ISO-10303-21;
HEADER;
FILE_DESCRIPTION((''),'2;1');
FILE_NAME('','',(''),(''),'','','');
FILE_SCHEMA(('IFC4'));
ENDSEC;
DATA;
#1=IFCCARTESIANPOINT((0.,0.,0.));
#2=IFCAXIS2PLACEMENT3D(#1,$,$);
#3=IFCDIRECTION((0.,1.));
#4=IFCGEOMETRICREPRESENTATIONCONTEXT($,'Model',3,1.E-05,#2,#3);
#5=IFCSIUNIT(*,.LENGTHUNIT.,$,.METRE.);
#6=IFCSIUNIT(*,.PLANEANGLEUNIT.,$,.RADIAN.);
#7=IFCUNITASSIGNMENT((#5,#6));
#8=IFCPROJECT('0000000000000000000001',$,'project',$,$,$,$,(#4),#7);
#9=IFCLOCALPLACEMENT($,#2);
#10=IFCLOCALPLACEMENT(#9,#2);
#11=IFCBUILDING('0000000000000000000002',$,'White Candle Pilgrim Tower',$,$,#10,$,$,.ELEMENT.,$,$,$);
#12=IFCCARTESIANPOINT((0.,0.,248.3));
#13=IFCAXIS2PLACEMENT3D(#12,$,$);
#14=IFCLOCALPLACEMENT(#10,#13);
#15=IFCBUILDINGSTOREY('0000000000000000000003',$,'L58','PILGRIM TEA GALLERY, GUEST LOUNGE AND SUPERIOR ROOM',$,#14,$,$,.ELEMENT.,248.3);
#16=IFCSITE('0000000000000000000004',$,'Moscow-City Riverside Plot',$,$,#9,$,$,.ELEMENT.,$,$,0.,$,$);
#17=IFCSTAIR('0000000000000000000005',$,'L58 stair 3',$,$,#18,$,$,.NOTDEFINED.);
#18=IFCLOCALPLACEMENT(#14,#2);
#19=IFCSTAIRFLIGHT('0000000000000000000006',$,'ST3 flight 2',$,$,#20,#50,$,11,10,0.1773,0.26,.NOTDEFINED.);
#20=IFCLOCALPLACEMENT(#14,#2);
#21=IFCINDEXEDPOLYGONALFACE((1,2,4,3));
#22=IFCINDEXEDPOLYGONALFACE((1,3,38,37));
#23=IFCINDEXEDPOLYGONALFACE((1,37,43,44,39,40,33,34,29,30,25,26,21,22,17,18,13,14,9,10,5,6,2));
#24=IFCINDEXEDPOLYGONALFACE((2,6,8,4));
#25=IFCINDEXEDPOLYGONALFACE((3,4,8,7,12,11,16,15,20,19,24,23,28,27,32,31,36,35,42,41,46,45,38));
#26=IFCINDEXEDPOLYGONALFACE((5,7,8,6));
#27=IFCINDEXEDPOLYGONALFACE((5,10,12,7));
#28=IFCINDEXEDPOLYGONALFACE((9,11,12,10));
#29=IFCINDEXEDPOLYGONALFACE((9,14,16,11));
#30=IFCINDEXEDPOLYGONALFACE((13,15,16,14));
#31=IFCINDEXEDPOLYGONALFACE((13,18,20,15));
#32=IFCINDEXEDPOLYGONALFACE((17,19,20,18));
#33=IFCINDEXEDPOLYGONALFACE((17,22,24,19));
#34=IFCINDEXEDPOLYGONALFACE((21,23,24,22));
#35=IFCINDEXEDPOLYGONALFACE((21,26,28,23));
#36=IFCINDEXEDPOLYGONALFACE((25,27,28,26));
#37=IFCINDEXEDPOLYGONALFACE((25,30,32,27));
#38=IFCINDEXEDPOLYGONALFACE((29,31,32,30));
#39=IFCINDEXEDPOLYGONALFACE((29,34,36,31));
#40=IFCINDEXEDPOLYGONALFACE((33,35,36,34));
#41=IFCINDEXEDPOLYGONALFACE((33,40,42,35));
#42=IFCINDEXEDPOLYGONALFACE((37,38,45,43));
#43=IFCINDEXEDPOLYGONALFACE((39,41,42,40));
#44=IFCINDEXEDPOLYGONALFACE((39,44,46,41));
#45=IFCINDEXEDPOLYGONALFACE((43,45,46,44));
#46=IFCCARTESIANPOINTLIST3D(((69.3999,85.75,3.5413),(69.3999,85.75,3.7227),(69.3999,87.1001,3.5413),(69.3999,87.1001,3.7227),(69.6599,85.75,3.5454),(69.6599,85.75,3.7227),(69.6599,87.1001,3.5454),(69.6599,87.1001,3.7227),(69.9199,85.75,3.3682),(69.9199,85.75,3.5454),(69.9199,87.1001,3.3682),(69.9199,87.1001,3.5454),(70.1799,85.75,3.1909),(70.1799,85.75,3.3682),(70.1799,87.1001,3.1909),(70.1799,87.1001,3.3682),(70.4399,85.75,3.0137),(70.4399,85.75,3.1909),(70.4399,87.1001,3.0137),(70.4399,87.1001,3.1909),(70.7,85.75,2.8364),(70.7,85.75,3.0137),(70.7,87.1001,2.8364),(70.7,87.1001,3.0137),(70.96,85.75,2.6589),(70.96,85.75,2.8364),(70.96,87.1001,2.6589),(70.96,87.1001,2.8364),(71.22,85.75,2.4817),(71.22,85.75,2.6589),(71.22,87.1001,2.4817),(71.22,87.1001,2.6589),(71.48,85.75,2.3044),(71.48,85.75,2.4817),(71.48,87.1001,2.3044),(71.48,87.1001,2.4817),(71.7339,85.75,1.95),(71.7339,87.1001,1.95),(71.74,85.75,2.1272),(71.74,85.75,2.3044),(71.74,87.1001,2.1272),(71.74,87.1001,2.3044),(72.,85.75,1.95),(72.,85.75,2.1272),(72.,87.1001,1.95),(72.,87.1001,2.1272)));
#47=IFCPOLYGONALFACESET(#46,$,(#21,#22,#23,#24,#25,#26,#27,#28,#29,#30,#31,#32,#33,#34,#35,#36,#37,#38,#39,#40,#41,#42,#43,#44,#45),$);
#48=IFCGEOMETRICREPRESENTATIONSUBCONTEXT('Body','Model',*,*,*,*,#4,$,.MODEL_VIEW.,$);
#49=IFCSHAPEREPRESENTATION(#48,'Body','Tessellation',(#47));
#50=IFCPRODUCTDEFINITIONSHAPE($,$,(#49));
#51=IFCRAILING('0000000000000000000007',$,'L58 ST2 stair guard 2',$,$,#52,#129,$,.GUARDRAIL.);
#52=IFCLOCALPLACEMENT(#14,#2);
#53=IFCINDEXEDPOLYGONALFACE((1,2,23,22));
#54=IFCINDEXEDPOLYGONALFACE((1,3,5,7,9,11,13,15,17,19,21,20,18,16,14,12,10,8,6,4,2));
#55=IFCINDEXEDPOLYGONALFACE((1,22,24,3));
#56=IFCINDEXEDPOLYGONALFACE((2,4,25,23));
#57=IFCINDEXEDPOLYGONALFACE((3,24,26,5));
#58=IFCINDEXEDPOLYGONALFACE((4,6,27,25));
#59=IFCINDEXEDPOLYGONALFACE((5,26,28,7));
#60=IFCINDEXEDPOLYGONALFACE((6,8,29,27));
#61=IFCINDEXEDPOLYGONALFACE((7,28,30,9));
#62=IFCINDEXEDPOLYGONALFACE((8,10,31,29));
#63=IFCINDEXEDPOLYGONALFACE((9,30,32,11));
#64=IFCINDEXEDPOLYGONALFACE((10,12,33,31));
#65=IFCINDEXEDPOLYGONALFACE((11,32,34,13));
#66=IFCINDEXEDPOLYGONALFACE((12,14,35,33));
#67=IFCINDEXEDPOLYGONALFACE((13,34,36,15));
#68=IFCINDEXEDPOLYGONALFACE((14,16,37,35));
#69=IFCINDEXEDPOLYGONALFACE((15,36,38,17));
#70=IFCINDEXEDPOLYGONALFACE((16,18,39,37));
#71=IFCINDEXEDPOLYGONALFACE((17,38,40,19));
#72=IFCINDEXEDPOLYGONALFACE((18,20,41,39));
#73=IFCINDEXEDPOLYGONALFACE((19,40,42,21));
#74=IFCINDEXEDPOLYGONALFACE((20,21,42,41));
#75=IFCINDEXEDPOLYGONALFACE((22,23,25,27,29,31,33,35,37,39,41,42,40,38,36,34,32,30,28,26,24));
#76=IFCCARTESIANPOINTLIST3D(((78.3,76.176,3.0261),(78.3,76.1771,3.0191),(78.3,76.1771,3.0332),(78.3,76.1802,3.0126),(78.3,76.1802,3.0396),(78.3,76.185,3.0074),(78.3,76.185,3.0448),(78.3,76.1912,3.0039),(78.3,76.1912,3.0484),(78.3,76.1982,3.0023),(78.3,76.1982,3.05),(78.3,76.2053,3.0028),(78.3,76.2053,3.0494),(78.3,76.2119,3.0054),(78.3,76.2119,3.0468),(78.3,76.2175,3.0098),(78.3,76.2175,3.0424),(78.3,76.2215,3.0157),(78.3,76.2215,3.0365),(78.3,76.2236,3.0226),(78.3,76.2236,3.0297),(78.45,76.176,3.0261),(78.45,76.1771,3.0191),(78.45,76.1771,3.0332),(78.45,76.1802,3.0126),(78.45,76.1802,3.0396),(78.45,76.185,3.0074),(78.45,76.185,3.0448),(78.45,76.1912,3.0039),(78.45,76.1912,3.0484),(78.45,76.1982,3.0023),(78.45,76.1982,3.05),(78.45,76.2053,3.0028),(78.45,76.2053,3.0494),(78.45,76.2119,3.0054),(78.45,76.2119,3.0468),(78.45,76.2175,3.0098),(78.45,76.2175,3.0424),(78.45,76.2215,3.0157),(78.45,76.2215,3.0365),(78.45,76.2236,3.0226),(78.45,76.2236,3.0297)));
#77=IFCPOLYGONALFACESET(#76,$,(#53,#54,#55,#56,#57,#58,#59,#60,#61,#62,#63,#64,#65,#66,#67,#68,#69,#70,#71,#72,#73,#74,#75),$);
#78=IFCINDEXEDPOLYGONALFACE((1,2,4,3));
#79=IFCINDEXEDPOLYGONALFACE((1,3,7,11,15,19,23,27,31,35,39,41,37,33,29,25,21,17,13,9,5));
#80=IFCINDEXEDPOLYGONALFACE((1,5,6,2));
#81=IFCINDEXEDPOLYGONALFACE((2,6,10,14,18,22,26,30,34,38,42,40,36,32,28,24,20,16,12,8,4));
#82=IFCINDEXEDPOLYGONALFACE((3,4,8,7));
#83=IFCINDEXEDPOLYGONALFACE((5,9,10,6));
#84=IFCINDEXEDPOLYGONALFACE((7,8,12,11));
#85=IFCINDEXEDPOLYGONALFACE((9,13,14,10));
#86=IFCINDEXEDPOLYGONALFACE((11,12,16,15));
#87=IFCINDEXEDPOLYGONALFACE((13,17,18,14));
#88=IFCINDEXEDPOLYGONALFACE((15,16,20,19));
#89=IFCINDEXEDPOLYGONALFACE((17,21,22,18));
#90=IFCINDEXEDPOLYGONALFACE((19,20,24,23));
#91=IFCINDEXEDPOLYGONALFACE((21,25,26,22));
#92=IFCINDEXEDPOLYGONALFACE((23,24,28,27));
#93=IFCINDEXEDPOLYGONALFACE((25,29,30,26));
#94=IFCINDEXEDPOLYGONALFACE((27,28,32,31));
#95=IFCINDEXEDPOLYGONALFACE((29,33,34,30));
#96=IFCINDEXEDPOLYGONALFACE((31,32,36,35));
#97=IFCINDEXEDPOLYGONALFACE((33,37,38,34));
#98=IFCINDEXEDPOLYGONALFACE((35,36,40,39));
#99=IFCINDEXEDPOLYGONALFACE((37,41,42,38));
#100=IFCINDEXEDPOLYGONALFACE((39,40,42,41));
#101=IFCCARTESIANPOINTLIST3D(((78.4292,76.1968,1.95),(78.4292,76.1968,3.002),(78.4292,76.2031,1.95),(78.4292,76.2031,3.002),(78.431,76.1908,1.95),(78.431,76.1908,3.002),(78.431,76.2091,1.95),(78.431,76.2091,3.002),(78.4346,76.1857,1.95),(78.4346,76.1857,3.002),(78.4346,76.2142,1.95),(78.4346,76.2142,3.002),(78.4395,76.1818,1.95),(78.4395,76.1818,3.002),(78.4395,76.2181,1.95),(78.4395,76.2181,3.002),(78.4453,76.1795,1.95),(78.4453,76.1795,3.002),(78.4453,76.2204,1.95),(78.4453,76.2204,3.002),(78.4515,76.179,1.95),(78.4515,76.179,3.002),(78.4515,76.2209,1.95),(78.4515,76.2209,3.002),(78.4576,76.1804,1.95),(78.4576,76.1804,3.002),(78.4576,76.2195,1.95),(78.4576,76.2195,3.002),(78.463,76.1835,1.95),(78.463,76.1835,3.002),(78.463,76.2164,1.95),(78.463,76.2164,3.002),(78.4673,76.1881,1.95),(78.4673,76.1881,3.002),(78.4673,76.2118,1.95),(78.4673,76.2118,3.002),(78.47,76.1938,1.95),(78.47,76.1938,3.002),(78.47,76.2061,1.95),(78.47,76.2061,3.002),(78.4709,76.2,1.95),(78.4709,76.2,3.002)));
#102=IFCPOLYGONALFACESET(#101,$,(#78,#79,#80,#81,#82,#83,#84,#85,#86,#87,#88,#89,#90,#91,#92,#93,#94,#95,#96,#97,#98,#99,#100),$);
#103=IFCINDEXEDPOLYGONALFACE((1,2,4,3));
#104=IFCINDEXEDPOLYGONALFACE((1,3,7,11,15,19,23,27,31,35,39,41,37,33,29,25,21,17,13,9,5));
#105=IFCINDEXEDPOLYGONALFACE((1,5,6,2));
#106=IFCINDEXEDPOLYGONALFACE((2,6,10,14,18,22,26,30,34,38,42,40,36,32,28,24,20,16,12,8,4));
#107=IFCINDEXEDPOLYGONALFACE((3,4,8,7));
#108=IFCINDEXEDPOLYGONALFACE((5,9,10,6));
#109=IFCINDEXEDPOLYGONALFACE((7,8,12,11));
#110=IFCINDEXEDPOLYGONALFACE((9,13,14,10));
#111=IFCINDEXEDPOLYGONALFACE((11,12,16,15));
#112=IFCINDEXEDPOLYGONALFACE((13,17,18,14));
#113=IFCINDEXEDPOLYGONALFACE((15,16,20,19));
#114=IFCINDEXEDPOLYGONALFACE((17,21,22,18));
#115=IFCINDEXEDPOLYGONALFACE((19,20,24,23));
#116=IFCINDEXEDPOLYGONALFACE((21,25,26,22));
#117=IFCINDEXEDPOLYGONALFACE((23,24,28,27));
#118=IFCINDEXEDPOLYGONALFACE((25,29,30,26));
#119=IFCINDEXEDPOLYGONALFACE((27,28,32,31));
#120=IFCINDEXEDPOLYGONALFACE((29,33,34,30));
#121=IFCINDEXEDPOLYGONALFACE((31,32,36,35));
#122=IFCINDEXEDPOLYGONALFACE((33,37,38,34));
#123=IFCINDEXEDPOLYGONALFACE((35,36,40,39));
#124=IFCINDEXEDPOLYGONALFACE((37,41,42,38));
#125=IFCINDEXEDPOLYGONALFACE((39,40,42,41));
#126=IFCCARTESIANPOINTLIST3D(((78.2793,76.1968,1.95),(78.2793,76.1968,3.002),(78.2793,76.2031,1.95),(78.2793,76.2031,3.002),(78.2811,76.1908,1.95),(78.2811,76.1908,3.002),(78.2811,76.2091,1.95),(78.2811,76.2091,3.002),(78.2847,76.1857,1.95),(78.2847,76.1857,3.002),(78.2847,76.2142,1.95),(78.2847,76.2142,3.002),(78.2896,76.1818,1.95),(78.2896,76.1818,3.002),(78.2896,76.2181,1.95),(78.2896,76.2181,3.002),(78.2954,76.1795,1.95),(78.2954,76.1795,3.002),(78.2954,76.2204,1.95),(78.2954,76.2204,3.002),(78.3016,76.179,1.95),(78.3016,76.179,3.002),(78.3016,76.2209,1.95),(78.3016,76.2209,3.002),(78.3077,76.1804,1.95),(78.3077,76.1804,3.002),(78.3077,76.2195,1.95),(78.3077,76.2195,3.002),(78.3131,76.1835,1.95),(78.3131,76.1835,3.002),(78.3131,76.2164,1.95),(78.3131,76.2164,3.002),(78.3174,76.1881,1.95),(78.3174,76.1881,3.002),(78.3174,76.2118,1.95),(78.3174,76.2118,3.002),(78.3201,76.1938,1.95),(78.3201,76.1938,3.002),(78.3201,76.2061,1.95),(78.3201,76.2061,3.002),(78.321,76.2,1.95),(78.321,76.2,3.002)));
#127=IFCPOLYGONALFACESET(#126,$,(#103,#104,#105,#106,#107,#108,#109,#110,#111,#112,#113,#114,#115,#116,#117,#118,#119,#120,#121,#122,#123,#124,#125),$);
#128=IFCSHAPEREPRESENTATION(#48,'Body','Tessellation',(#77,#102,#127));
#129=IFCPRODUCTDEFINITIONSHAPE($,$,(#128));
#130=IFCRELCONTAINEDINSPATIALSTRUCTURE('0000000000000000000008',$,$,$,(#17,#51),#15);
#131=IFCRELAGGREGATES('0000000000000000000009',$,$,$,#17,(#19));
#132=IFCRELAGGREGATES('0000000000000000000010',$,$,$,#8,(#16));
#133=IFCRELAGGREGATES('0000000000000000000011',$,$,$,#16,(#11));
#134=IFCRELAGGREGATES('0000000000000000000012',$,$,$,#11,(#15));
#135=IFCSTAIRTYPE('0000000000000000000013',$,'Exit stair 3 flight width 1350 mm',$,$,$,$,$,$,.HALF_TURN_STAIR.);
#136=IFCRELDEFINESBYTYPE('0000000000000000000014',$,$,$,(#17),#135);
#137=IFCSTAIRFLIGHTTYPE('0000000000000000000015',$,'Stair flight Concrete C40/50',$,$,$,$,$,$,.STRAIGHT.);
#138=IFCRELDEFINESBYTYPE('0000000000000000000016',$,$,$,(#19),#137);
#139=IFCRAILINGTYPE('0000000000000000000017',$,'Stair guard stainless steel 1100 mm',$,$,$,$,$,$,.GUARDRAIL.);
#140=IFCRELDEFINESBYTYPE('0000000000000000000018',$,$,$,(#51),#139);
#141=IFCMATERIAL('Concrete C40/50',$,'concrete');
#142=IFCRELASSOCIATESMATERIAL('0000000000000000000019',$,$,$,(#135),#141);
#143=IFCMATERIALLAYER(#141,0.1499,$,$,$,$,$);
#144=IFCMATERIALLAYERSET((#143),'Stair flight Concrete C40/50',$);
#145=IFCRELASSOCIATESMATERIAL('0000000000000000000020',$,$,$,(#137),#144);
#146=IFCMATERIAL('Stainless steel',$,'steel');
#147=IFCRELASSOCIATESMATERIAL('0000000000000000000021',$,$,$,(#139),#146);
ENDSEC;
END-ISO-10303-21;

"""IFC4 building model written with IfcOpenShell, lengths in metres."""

from ifc_helpers import new_model, si_unit, direction, frame, origin, origin_2d, place, context, subcontext, project, spatial, polyline, circle, outline, extrude, material, layer, layer_set, type_object, element, aggregate, save


model = new_model("IFC4")

# Units and contexts
model_context = context("Model", 3, precision=1e-05, world=origin(), true_north=direction((0.0, 1.0)))
body_context = subcontext(model_context, "Body", "Model", "MODEL_VIEW")
ifc_project = project(units=[si_unit("LENGTHUNIT", "METRE"), si_unit("PLANEANGLEUNIT", "RADIAN")], contexts=[model_context])

# Site, building, storey
site_placement = place(None, origin())
site = spatial("IfcSite", under=ifc_project, at=site_placement, Name="Moscow-City Riverside Plot", CompositionType="ELEMENT", RefElevation=0.0)
building_placement = place(site_placement, origin())
building = spatial("IfcBuilding", under=site, at=building_placement, Name="White Candle Pilgrim Tower", CompositionType="ELEMENT")
storey_placement = place(building_placement, frame((0.0, 0.0, 248.3)))
storey = spatial("IfcBuildingStorey", under=building, at=storey_placement, Name="L58", Description="PILGRIM TEA GALLERY, GUEST LOUNGE AND SUPERIOR ROOM", CompositionType="ELEMENT", Elevation=248.3)

# Stair, stair flight
ifc_material_1 = material(Name="Concrete C40/50", Category="concrete")
stair_type = type_object("IfcStairType", Name="Exit stair 3 flight width 1350 mm", PredefinedType="HALF_TURN_STAIR", material=ifc_material_1)
stair_placement = place(storey_placement, origin())
stair = element("IfcStair", 1, at=stair_placement, inside=storey, type_object=stair_type, Name="L58 stair 3", PredefinedType="NOTDEFINED")
ifc_layer_1 = layer(ifc_material_1, 0.1499)
ifc_layer_set_1 = layer_set([ifc_layer_1], Name="Stair flight Concrete C40/50")
stair_flight_type = type_object("IfcStairFlightType", Name="Stair flight Concrete C40/50", PredefinedType="STRAIGHT", material=ifc_layer_set_1)
stair_flight_1_placement = place(storey_placement, frame((72.0, 86.425, 1.95), z_axis=(0.0, 0.0, 1.0), x_axis=(-1.0, 0.0, 0.0)))
stair_flight_1 = element("IfcStairFlight", 2, at=stair_flight_1_placement, type_object=stair_flight_type, Name="ST3 flight 2", NumberOfRisers=11, NumberOfTreads=10, PredefinedType="NOTDEFINED", RiserHeight=0.1773, TreadLength=0.26, context=body_context, shape_type="SweptSolid", body=[
    extrude(outline(polyline([(0.0, 0.0), (0.0, 0.1772), (0.26, 0.1772), (0.26, 0.3545), (0.52, 0.3545), (0.52, 0.5317), (0.78, 0.5317), (0.78, 0.709), (1.04, 0.709), (1.04, 0.8865), (1.3, 0.8865), (1.3, 1.0637), (1.5601, 1.0637), (1.5601, 1.241), (1.8201, 1.241), (1.8201, 1.4182), (2.0801, 1.4182), (2.0801, 1.5955), (2.3401, 1.5955), (2.3401, 1.7727), (2.6001, 1.7727), (2.6001, 1.95), (2.6001, 1.5913), (0.2661, 0.0), (0.0, 0.0)])), frame((0.0, 0.675, 0.0), z_axis=(0.0, -1.0, 0.0), x_axis=(1.0, 0.0, 0.0)), (0.0, 0.0, 1.0), 1.3501),
])
aggregate(stair, [stair_flight_1])

# Railing
ifc_material_2 = material(Name="Stainless steel", Category="steel")
railing_type_1 = type_object("IfcRailingType", Name="Stair guard stainless steel 1100 mm", PredefinedType="GUARDRAIL", material=ifc_material_2)
railing_1_placement = place(storey_placement, frame((78.45, 76.2, 1.95)))
element("IfcRailing", 3, at=railing_1_placement, inside=storey, type_object=railing_type_1, Name="L58 ST2 stair guard 2", PredefinedType="GUARDRAIL", context=body_context, shape_type="SweptSolid", body=[
    extrude(circle(Radius=0.0239, at=origin_2d()), frame((0.0, 0.0, 1.0762), z_axis=(-1.0, 0.0, 0.0), x_axis=(0.0, -1.0, 0.0)), (0.0, 0.0, 1.0), 0.1499),
    extrude(circle(Radius=0.021, at=origin_2d()), origin(), (0.0, 0.0, 1.0), 1.052),
    extrude(circle(Radius=0.021, at=origin_2d()), frame((-0.1499, 0.0, 0.0)), (0.0, 0.0, 1.0), 1.052),
])

save(model, "model.ifc")
